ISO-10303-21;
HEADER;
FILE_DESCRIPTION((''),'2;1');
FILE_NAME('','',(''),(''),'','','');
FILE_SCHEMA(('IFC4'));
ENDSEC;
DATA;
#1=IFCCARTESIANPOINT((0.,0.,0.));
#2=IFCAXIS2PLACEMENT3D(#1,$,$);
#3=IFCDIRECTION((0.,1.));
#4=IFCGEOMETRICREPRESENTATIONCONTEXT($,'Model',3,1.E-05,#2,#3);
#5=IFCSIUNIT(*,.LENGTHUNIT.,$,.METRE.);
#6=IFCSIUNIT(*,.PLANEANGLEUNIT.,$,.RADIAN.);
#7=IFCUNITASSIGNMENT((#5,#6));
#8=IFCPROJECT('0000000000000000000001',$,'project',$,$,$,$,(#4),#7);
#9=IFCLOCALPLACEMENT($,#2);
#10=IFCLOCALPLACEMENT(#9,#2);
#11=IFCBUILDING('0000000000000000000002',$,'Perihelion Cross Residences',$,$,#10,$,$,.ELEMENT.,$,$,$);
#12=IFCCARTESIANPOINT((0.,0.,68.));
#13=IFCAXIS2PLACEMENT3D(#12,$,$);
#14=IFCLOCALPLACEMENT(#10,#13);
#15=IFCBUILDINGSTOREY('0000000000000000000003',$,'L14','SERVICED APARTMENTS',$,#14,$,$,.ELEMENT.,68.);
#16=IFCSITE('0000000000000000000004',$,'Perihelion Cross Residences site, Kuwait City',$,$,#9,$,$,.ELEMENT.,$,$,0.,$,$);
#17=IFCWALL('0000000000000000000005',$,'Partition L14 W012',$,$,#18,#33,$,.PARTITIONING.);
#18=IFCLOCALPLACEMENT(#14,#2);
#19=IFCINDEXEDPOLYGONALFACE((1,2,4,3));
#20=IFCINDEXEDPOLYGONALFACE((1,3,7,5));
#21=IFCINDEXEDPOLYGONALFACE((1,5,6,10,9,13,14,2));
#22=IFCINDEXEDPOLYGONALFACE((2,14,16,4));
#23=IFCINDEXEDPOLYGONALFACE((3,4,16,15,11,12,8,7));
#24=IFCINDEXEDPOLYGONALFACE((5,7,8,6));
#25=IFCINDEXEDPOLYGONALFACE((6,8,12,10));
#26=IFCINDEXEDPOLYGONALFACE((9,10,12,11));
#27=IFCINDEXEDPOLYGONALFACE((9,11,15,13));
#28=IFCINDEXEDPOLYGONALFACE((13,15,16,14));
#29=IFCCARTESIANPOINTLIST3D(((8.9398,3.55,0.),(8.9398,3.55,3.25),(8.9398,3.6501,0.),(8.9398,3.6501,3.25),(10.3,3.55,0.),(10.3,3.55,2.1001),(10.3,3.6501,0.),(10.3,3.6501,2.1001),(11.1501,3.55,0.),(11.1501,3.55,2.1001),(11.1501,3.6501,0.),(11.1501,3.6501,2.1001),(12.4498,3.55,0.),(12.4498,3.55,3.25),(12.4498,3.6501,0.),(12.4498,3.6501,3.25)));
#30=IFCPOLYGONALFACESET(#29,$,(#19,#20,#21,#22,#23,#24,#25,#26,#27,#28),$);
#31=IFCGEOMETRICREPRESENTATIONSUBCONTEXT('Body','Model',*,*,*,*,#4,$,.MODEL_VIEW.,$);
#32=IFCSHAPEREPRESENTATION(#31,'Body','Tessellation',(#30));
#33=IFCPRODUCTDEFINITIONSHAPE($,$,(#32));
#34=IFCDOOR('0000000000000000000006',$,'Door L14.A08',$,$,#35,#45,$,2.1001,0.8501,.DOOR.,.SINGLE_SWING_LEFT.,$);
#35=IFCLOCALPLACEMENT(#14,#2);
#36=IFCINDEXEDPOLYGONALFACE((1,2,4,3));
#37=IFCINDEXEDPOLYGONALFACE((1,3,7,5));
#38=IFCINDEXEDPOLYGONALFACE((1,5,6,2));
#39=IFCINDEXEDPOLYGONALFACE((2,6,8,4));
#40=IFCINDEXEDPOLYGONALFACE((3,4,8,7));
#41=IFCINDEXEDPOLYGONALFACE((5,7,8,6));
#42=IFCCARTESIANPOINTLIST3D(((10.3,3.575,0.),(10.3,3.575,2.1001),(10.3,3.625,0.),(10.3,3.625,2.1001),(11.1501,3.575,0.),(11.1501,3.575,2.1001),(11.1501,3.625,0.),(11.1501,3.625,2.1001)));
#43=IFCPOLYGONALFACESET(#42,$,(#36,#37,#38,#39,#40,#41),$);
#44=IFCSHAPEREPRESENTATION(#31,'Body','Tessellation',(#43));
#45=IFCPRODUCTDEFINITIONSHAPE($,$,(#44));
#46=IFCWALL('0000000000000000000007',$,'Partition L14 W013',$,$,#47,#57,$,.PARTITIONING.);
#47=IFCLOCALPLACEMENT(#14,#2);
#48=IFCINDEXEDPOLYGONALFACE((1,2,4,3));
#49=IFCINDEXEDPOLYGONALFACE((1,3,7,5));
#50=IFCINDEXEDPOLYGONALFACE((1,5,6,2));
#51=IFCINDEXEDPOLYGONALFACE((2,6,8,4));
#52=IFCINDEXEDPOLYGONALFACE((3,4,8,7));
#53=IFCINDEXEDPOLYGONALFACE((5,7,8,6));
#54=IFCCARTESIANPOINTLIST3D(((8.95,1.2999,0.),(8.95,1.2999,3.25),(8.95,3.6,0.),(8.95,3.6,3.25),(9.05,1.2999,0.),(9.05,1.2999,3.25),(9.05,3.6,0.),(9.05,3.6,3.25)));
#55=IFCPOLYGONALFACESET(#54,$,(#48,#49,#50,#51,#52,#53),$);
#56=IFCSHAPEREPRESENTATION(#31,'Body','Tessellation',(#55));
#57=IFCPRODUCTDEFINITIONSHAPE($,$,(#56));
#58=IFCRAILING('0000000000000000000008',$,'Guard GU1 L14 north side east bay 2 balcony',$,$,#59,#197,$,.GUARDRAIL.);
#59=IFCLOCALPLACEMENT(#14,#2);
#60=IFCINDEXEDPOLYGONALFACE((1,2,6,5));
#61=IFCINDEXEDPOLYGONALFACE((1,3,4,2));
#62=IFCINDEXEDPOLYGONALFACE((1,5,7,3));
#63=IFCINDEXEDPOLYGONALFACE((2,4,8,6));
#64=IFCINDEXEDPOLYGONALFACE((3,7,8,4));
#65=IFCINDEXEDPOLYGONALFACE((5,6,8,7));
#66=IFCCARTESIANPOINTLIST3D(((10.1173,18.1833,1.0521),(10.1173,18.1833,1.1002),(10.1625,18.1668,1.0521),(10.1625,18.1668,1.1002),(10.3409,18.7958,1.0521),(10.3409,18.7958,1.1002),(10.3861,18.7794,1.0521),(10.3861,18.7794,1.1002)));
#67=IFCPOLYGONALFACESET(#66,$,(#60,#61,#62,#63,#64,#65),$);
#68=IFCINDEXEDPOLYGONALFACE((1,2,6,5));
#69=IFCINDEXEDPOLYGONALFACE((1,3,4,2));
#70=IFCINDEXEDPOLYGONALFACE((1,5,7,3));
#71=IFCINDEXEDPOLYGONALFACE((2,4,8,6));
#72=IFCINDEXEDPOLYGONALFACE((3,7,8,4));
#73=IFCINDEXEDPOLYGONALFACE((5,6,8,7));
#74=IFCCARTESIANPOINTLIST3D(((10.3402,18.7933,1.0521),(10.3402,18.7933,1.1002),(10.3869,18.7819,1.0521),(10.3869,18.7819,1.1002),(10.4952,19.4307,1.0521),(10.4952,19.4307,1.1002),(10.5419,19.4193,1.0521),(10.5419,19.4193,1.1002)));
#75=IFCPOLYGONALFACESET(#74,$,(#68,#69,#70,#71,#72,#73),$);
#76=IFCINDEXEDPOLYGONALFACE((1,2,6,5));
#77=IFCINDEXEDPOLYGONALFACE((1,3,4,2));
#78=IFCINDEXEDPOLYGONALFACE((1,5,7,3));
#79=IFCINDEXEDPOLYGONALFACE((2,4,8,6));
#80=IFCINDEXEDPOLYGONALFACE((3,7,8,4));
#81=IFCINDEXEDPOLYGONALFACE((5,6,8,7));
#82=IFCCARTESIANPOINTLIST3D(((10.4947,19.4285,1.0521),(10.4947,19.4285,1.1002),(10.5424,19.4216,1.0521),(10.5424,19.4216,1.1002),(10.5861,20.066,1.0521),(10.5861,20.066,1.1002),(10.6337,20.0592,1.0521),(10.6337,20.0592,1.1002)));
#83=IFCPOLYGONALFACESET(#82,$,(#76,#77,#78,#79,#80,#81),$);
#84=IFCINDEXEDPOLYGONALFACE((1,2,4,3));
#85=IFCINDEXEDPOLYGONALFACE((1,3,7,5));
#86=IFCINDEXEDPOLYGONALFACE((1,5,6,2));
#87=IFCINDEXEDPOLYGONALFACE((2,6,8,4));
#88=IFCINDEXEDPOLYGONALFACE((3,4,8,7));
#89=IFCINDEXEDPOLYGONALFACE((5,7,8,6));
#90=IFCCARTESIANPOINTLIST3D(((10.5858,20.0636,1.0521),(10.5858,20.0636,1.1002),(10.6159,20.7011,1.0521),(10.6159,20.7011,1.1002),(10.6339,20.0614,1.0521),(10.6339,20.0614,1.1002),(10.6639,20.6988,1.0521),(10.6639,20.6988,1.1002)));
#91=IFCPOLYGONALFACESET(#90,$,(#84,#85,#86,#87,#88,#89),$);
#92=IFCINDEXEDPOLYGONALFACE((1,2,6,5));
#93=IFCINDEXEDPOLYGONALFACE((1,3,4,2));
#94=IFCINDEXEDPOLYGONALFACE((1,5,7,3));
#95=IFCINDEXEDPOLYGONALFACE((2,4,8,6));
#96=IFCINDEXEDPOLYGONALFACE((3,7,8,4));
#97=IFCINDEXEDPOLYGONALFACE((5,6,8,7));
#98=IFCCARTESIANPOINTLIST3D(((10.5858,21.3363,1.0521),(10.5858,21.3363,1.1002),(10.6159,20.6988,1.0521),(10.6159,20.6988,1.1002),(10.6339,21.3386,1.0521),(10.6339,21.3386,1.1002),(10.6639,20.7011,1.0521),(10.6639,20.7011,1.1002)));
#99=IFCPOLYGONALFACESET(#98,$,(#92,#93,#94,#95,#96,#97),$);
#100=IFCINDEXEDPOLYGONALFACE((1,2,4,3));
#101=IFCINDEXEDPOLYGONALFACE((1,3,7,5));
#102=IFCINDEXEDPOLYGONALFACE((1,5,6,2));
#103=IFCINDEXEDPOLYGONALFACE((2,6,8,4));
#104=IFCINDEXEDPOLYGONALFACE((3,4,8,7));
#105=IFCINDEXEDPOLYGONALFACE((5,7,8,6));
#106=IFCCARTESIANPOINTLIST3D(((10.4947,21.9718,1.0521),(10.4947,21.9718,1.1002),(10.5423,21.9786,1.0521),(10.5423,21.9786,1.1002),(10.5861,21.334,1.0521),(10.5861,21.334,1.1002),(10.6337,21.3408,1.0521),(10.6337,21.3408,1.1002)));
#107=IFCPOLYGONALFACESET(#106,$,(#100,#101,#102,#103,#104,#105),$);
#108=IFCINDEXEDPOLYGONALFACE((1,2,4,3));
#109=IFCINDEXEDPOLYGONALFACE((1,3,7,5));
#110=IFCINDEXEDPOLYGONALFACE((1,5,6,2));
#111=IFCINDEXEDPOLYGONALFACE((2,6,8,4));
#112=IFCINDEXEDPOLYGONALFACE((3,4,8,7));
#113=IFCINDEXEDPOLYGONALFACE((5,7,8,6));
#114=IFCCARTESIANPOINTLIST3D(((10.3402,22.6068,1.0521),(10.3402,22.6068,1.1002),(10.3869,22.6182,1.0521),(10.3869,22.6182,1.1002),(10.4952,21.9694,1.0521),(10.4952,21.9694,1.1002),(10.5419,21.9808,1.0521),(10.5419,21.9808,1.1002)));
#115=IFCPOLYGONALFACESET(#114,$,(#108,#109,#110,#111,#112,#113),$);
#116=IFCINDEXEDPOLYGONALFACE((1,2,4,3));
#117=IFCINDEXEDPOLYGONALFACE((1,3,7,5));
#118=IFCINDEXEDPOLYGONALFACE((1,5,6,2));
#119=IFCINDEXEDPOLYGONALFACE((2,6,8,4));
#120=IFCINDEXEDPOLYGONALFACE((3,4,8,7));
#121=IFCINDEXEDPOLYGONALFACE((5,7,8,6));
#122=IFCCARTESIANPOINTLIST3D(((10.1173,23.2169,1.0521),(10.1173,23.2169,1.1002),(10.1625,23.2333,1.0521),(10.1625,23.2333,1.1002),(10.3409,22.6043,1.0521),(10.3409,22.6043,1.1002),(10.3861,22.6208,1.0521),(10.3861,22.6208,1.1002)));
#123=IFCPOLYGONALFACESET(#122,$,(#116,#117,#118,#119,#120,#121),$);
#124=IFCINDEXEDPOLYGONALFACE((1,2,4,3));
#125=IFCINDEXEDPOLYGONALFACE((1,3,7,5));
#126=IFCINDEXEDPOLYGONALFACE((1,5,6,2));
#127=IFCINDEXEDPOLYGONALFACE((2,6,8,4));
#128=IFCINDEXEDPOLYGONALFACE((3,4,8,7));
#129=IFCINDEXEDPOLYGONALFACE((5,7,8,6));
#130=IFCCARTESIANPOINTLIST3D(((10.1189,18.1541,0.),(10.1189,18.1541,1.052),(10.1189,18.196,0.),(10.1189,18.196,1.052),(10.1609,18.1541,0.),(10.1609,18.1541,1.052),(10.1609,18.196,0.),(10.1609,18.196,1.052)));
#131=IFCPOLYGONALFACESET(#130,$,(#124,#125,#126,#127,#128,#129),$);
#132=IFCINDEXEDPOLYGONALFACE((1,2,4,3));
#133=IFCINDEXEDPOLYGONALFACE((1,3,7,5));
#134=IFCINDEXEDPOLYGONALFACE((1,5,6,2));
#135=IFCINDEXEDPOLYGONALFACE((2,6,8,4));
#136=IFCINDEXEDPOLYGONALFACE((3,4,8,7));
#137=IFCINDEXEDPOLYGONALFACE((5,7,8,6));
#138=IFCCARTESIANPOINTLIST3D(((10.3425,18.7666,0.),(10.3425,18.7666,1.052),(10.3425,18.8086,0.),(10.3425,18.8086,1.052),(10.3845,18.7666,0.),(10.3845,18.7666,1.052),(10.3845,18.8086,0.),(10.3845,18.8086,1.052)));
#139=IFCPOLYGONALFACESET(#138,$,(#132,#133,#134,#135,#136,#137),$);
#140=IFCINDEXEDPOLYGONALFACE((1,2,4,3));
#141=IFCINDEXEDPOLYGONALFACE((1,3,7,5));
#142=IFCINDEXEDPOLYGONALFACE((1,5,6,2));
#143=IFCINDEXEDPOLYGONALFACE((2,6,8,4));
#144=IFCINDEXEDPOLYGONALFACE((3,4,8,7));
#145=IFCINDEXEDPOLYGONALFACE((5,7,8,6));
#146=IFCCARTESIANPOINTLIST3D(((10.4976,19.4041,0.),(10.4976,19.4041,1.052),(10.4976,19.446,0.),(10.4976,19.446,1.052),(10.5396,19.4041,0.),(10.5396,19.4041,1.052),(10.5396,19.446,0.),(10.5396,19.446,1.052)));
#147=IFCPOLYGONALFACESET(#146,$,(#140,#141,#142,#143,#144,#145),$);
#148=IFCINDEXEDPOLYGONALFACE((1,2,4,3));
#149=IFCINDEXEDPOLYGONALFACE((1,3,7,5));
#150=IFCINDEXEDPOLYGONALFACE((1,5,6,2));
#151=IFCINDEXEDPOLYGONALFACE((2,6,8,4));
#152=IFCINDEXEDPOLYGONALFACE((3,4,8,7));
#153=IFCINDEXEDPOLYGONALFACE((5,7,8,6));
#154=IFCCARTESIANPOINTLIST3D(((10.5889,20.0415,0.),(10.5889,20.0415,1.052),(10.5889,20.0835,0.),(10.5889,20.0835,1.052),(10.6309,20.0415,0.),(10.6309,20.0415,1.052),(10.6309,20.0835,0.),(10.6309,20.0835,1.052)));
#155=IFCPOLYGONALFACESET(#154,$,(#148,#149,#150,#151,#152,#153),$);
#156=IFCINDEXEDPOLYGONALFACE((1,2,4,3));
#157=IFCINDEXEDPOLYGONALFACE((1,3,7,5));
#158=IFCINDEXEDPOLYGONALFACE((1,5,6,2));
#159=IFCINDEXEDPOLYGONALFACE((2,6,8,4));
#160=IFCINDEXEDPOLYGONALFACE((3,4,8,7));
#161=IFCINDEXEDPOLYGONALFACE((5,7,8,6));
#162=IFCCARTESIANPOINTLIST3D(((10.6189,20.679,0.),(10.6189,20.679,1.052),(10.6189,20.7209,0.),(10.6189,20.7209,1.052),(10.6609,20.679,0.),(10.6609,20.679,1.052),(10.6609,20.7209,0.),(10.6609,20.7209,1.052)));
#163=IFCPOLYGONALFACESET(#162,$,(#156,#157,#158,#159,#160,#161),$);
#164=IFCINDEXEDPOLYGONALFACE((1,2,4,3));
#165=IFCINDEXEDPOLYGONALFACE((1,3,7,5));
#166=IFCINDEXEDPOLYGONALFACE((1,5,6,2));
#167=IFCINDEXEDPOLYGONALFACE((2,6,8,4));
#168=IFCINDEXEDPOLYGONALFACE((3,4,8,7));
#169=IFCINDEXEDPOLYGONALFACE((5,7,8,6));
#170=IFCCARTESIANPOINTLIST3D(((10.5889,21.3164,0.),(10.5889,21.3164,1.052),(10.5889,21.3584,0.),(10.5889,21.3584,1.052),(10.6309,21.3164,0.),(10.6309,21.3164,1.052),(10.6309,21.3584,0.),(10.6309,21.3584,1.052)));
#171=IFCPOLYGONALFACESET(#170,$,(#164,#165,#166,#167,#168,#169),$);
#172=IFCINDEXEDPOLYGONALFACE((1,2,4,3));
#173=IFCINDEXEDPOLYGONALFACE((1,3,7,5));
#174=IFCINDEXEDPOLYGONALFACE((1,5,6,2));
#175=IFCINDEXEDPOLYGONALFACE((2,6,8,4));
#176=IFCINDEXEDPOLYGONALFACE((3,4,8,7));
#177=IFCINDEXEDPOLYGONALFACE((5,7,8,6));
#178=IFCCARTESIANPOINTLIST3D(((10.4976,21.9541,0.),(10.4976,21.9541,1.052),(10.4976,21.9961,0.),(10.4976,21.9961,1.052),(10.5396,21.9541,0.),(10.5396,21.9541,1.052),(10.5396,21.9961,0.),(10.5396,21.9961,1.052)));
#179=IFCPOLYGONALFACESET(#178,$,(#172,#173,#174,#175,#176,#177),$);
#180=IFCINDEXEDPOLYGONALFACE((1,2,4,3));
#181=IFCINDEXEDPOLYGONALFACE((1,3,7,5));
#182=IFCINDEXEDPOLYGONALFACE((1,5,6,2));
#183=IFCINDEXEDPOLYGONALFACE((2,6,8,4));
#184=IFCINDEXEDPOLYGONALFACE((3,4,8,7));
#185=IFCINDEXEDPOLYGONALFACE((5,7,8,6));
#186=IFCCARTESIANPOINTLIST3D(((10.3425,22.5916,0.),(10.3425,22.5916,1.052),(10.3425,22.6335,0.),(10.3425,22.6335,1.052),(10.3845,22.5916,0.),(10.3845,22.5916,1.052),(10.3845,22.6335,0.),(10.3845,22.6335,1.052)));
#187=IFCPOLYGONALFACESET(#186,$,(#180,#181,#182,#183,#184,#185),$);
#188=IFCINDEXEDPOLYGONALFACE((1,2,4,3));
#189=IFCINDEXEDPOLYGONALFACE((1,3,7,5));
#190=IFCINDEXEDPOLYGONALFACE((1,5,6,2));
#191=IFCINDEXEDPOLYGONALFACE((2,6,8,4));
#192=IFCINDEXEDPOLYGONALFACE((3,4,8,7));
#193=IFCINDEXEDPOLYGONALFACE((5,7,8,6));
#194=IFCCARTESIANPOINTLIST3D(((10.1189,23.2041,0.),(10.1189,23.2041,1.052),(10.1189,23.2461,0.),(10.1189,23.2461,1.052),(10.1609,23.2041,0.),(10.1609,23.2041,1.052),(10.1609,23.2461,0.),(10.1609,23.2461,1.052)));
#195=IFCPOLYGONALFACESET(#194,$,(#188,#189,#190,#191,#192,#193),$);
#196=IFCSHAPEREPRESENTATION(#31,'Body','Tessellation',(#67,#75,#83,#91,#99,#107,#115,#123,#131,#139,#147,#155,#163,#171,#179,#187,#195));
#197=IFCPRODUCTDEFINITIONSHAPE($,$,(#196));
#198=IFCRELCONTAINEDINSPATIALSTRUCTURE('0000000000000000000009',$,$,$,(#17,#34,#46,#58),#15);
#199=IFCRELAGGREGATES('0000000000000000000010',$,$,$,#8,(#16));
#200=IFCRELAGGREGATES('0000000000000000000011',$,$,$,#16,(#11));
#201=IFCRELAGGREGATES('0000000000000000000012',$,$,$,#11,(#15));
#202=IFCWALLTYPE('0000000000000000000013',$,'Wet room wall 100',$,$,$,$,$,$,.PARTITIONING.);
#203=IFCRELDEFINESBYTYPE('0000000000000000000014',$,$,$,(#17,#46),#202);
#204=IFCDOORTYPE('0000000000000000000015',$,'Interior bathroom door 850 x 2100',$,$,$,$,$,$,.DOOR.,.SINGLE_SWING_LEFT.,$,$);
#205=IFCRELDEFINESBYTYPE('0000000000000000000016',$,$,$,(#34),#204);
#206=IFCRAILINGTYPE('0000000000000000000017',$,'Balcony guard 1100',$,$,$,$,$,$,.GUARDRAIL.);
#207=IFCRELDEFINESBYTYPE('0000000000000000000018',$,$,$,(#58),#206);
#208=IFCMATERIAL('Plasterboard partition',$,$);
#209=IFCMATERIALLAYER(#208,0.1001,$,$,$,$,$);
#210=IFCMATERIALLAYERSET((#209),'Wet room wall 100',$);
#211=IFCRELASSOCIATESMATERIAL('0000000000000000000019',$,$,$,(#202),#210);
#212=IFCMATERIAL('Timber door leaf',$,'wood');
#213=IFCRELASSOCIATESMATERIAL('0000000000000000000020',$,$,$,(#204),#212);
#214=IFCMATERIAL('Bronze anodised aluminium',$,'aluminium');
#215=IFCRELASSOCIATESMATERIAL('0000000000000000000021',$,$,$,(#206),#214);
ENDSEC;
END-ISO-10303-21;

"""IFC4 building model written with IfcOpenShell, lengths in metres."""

from ifc_helpers import new_model, si_unit, direction, frame, frame_2d, origin, origin_2d, place, context, subcontext, project, spatial, rectangle, extrude, material, layer, layer_set, type_object, element, fill, save


model = new_model("IFC4")

# Units and contexts
model_context = context("Model", 3, precision=1e-05, world=origin(), true_north=direction((0.0, 1.0)))
body_context = subcontext(model_context, "Body", "Model", "MODEL_VIEW")
ifc_project = project(units=[si_unit("LENGTHUNIT", "METRE"), si_unit("PLANEANGLEUNIT", "RADIAN")], contexts=[model_context])

# Site, building, storey
site_placement = place(None, origin())
site = spatial("IfcSite", under=ifc_project, at=site_placement, Name="Perihelion Cross Residences site, Kuwait City", CompositionType="ELEMENT", RefElevation=0.0)
building_placement = place(site_placement, origin())
building = spatial("IfcBuilding", under=site, at=building_placement, Name="Perihelion Cross Residences", CompositionType="ELEMENT")
storey_placement = place(building_placement, frame((0.0, 0.0, 68.0)))
storey = spatial("IfcBuildingStorey", under=building, at=storey_placement, Name="L14", Description="SERVICED APARTMENTS", CompositionType="ELEMENT", Elevation=68.0)

# Shared definitions
ifc_material_1 = material(Name="Plasterboard partition")
ifc_layer_1 = layer(ifc_material_1, 0.1001)
ifc_layer_set_1 = layer_set([ifc_layer_1], Name="Wet room wall 100")
wall_type_1 = type_object("IfcWallType", Name="Wet room wall 100", PredefinedType="PARTITIONING", material=ifc_layer_set_1)

# Wall, opening, door
wall_1_placement = place(storey_placement, frame((8.9399, 3.6001, 0.0), z_axis=(0.0, 0.0, 1.0), x_axis=(1.0, 0.0, 0.0)))
wall_1 = element("IfcWall", 1, at=wall_1_placement, inside=storey, type_object=wall_type_1, Name="Partition L14 W012", PredefinedType="PARTITIONING", context=body_context, shape_type="SweptSolid", body=[
    extrude(rectangle(XDim=3.51, YDim=0.1001, at=frame_2d((1.7549, 0.0))), origin(), (0.0, 0.0, 1.0), 3.25),
])
opening_1_placement = place(wall_1_placement, frame((1.3601, 0.0, 0.0)))
opening_1 = element("IfcOpeningElement", 2, at=opening_1_placement, cuts=wall_1, PredefinedType="OPENING", context=body_context, shape_type="SweptSolid", body=[
    extrude(rectangle(XDim=0.8501, YDim=2.1001, at=frame_2d((0.425, 1.05))), frame((0.0, 0.0601, 0.0), z_axis=(0.0, -1.0, 0.0), x_axis=(1.0, 0.0, 0.0)), (0.0, 0.0, 1.0), 0.1201),
])
ifc_material_2 = material(Name="Timber door leaf", Category="wood")
door_type_1 = type_object("IfcDoorType", Name="Interior bathroom door 850 x 2100", OperationType="SINGLE_SWING_LEFT", PredefinedType="DOOR", material=ifc_material_2)
door_1_placement = place(opening_1_placement, origin())
door_1 = element("IfcDoor", 3, at=door_1_placement, inside=storey, type_object=door_type_1, Name="Door L14.A08", OperationType="SINGLE_SWING_LEFT", OverallHeight=2.1001, OverallWidth=0.8501, PredefinedType="DOOR", context=body_context, shape_type="SweptSolid", body=[
    extrude(rectangle(XDim=0.8501, YDim=2.1001, at=frame_2d((0.425, 1.05))), frame((0.0, 0.0249, 0.0), z_axis=(0.0, -1.0, 0.0), x_axis=(1.0, 0.0, 0.0)), (0.0, 0.0, 1.0), 0.05),
])
fill(opening_1, door_1)

# Wall
wall_2_placement = place(storey_placement, frame((9.0, 1.3, 0.0), z_axis=(0.0, 0.0, 1.0), x_axis=(0.0, 1.0, 0.0)))
element("IfcWall", 4, at=wall_2_placement, inside=storey, type_object=wall_type_1, Name="Partition L14 W013", PredefinedType="PARTITIONING", context=body_context, shape_type="SweptSolid", body=[
    extrude(rectangle(XDim=2.3, YDim=0.1001, at=frame_2d((1.1499, 0.0))), origin(), (0.0, 0.0, 1.0), 3.25),
])

# Railing
ifc_material_3 = material(Name="Bronze anodised aluminium", Category="aluminium")
railing_type = type_object("IfcRailingType", Name="Balcony guard 1100", PredefinedType="GUARDRAIL", material=ifc_material_3)
railing_1_placement = place(storey_placement, frame((10.1399, 18.175, 0.0)))
element("IfcRailing", 5, at=railing_1_placement, inside=storey, type_object=railing_type, Name="Guard GU1 L14 north side east bay 2 balcony", PredefinedType="GUARDRAIL", context=body_context, shape_type="SweptSolid", body=[
    extrude(rectangle(XDim=0.0481, YDim=0.0481, at=origin_2d()), frame((0.0, 0.0, 1.0762), z_axis=(0.342945, 0.939355, 0.0), x_axis=(-0.939355, 0.342945, 0.0)), (0.0, 0.0, 1.0), 0.6521),
    extrude(rectangle(XDim=0.0481, YDim=0.0481, at=origin_2d()), frame((0.2236, 0.6125, 1.0762), z_axis=(0.236314, 0.971677, 0.0), x_axis=(-0.971677, 0.236314, 0.0)), (0.0, 0.0, 1.0), 0.656),
    extrude(rectangle(XDim=0.0481, YDim=0.0481, at=origin_2d()), frame((0.3787, 1.25, 1.0762), z_axis=(0.141793, 0.989896, 0.0), x_axis=(-0.989896, 0.141793, 0.0)), (0.0, 0.0, 1.0), 0.644),
    extrude(rectangle(XDim=0.0481, YDim=0.0481, at=origin_2d()), frame((0.47, 1.8875, 1.0762), z_axis=(0.047056, 0.998892, 0.0), x_axis=(-0.998892, 0.047056, 0.0)), (0.0, 0.0, 1.0), 0.6382),
    extrude(rectangle(XDim=0.0481, YDim=0.0481, at=origin_2d()), frame((0.5, 2.5249, 1.0762), z_axis=(-0.047056, 0.998892, 0.0), x_axis=(-0.998892, -0.047056, 0.0)), (0.0, 0.0, 1.0), 0.6382),
    extrude(rectangle(XDim=0.0481, YDim=0.0481, at=origin_2d()), frame((0.47, 3.1624, 1.0762), z_axis=(-0.14174, 0.989904, 0.0), x_axis=(-0.989904, -0.14174, 0.0)), (0.0, 0.0, 1.0), 0.6443),
    extrude(rectangle(XDim=0.0481, YDim=0.0481, at=origin_2d()), frame((0.3787, 3.8, 1.0762), z_axis=(-0.236314, 0.971677, 0.0), x_axis=(-0.971677, -0.236314, 0.0)), (0.0, 0.0, 1.0), 0.656),
    extrude(rectangle(XDim=0.0481, YDim=0.0481, at=origin_2d()), frame((0.2236, 4.4375, 1.0762), z_axis=(-0.342945, 0.939355, 0.0), x_axis=(-0.939355, -0.342945, 0.0)), (0.0, 0.0, 1.0), 0.6521),
    extrude(rectangle(XDim=0.042, YDim=0.042, at=origin_2d()), origin(), (0.0, 0.0, 1.0), 1.052),
    extrude(rectangle(XDim=0.042, YDim=0.042, at=origin_2d()), frame((0.2236, 0.6125, 0.0)), (0.0, 0.0, 1.0), 1.052),
    extrude(rectangle(XDim=0.042, YDim=0.042, at=origin_2d()), frame((0.3787, 1.25, 0.0)), (0.0, 0.0, 1.0), 1.052),
    extrude(rectangle(XDim=0.042, YDim=0.042, at=origin_2d()), frame((0.47, 1.8875, 0.0)), (0.0, 0.0, 1.0), 1.052),
    extrude(rectangle(XDim=0.042, YDim=0.042, at=origin_2d()), frame((0.5, 2.5249, 0.0)), (0.0, 0.0, 1.0), 1.052),
    extrude(rectangle(XDim=0.042, YDim=0.042, at=origin_2d()), frame((0.47, 3.1624, 0.0)), (0.0, 0.0, 1.0), 1.052),
    extrude(rectangle(XDim=0.042, YDim=0.042, at=origin_2d()), frame((0.3787, 3.8, 0.0)), (0.0, 0.0, 1.0), 1.052),
    extrude(rectangle(XDim=0.042, YDim=0.042, at=origin_2d()), frame((0.2236, 4.4375, 0.0)), (0.0, 0.0, 1.0), 1.052),
    extrude(rectangle(XDim=0.042, YDim=0.042, at=origin_2d()), frame((0.0, 5.05, 0.0)), (0.0, 0.0, 1.0), 1.052),
])

save(model, "model.ifc")
